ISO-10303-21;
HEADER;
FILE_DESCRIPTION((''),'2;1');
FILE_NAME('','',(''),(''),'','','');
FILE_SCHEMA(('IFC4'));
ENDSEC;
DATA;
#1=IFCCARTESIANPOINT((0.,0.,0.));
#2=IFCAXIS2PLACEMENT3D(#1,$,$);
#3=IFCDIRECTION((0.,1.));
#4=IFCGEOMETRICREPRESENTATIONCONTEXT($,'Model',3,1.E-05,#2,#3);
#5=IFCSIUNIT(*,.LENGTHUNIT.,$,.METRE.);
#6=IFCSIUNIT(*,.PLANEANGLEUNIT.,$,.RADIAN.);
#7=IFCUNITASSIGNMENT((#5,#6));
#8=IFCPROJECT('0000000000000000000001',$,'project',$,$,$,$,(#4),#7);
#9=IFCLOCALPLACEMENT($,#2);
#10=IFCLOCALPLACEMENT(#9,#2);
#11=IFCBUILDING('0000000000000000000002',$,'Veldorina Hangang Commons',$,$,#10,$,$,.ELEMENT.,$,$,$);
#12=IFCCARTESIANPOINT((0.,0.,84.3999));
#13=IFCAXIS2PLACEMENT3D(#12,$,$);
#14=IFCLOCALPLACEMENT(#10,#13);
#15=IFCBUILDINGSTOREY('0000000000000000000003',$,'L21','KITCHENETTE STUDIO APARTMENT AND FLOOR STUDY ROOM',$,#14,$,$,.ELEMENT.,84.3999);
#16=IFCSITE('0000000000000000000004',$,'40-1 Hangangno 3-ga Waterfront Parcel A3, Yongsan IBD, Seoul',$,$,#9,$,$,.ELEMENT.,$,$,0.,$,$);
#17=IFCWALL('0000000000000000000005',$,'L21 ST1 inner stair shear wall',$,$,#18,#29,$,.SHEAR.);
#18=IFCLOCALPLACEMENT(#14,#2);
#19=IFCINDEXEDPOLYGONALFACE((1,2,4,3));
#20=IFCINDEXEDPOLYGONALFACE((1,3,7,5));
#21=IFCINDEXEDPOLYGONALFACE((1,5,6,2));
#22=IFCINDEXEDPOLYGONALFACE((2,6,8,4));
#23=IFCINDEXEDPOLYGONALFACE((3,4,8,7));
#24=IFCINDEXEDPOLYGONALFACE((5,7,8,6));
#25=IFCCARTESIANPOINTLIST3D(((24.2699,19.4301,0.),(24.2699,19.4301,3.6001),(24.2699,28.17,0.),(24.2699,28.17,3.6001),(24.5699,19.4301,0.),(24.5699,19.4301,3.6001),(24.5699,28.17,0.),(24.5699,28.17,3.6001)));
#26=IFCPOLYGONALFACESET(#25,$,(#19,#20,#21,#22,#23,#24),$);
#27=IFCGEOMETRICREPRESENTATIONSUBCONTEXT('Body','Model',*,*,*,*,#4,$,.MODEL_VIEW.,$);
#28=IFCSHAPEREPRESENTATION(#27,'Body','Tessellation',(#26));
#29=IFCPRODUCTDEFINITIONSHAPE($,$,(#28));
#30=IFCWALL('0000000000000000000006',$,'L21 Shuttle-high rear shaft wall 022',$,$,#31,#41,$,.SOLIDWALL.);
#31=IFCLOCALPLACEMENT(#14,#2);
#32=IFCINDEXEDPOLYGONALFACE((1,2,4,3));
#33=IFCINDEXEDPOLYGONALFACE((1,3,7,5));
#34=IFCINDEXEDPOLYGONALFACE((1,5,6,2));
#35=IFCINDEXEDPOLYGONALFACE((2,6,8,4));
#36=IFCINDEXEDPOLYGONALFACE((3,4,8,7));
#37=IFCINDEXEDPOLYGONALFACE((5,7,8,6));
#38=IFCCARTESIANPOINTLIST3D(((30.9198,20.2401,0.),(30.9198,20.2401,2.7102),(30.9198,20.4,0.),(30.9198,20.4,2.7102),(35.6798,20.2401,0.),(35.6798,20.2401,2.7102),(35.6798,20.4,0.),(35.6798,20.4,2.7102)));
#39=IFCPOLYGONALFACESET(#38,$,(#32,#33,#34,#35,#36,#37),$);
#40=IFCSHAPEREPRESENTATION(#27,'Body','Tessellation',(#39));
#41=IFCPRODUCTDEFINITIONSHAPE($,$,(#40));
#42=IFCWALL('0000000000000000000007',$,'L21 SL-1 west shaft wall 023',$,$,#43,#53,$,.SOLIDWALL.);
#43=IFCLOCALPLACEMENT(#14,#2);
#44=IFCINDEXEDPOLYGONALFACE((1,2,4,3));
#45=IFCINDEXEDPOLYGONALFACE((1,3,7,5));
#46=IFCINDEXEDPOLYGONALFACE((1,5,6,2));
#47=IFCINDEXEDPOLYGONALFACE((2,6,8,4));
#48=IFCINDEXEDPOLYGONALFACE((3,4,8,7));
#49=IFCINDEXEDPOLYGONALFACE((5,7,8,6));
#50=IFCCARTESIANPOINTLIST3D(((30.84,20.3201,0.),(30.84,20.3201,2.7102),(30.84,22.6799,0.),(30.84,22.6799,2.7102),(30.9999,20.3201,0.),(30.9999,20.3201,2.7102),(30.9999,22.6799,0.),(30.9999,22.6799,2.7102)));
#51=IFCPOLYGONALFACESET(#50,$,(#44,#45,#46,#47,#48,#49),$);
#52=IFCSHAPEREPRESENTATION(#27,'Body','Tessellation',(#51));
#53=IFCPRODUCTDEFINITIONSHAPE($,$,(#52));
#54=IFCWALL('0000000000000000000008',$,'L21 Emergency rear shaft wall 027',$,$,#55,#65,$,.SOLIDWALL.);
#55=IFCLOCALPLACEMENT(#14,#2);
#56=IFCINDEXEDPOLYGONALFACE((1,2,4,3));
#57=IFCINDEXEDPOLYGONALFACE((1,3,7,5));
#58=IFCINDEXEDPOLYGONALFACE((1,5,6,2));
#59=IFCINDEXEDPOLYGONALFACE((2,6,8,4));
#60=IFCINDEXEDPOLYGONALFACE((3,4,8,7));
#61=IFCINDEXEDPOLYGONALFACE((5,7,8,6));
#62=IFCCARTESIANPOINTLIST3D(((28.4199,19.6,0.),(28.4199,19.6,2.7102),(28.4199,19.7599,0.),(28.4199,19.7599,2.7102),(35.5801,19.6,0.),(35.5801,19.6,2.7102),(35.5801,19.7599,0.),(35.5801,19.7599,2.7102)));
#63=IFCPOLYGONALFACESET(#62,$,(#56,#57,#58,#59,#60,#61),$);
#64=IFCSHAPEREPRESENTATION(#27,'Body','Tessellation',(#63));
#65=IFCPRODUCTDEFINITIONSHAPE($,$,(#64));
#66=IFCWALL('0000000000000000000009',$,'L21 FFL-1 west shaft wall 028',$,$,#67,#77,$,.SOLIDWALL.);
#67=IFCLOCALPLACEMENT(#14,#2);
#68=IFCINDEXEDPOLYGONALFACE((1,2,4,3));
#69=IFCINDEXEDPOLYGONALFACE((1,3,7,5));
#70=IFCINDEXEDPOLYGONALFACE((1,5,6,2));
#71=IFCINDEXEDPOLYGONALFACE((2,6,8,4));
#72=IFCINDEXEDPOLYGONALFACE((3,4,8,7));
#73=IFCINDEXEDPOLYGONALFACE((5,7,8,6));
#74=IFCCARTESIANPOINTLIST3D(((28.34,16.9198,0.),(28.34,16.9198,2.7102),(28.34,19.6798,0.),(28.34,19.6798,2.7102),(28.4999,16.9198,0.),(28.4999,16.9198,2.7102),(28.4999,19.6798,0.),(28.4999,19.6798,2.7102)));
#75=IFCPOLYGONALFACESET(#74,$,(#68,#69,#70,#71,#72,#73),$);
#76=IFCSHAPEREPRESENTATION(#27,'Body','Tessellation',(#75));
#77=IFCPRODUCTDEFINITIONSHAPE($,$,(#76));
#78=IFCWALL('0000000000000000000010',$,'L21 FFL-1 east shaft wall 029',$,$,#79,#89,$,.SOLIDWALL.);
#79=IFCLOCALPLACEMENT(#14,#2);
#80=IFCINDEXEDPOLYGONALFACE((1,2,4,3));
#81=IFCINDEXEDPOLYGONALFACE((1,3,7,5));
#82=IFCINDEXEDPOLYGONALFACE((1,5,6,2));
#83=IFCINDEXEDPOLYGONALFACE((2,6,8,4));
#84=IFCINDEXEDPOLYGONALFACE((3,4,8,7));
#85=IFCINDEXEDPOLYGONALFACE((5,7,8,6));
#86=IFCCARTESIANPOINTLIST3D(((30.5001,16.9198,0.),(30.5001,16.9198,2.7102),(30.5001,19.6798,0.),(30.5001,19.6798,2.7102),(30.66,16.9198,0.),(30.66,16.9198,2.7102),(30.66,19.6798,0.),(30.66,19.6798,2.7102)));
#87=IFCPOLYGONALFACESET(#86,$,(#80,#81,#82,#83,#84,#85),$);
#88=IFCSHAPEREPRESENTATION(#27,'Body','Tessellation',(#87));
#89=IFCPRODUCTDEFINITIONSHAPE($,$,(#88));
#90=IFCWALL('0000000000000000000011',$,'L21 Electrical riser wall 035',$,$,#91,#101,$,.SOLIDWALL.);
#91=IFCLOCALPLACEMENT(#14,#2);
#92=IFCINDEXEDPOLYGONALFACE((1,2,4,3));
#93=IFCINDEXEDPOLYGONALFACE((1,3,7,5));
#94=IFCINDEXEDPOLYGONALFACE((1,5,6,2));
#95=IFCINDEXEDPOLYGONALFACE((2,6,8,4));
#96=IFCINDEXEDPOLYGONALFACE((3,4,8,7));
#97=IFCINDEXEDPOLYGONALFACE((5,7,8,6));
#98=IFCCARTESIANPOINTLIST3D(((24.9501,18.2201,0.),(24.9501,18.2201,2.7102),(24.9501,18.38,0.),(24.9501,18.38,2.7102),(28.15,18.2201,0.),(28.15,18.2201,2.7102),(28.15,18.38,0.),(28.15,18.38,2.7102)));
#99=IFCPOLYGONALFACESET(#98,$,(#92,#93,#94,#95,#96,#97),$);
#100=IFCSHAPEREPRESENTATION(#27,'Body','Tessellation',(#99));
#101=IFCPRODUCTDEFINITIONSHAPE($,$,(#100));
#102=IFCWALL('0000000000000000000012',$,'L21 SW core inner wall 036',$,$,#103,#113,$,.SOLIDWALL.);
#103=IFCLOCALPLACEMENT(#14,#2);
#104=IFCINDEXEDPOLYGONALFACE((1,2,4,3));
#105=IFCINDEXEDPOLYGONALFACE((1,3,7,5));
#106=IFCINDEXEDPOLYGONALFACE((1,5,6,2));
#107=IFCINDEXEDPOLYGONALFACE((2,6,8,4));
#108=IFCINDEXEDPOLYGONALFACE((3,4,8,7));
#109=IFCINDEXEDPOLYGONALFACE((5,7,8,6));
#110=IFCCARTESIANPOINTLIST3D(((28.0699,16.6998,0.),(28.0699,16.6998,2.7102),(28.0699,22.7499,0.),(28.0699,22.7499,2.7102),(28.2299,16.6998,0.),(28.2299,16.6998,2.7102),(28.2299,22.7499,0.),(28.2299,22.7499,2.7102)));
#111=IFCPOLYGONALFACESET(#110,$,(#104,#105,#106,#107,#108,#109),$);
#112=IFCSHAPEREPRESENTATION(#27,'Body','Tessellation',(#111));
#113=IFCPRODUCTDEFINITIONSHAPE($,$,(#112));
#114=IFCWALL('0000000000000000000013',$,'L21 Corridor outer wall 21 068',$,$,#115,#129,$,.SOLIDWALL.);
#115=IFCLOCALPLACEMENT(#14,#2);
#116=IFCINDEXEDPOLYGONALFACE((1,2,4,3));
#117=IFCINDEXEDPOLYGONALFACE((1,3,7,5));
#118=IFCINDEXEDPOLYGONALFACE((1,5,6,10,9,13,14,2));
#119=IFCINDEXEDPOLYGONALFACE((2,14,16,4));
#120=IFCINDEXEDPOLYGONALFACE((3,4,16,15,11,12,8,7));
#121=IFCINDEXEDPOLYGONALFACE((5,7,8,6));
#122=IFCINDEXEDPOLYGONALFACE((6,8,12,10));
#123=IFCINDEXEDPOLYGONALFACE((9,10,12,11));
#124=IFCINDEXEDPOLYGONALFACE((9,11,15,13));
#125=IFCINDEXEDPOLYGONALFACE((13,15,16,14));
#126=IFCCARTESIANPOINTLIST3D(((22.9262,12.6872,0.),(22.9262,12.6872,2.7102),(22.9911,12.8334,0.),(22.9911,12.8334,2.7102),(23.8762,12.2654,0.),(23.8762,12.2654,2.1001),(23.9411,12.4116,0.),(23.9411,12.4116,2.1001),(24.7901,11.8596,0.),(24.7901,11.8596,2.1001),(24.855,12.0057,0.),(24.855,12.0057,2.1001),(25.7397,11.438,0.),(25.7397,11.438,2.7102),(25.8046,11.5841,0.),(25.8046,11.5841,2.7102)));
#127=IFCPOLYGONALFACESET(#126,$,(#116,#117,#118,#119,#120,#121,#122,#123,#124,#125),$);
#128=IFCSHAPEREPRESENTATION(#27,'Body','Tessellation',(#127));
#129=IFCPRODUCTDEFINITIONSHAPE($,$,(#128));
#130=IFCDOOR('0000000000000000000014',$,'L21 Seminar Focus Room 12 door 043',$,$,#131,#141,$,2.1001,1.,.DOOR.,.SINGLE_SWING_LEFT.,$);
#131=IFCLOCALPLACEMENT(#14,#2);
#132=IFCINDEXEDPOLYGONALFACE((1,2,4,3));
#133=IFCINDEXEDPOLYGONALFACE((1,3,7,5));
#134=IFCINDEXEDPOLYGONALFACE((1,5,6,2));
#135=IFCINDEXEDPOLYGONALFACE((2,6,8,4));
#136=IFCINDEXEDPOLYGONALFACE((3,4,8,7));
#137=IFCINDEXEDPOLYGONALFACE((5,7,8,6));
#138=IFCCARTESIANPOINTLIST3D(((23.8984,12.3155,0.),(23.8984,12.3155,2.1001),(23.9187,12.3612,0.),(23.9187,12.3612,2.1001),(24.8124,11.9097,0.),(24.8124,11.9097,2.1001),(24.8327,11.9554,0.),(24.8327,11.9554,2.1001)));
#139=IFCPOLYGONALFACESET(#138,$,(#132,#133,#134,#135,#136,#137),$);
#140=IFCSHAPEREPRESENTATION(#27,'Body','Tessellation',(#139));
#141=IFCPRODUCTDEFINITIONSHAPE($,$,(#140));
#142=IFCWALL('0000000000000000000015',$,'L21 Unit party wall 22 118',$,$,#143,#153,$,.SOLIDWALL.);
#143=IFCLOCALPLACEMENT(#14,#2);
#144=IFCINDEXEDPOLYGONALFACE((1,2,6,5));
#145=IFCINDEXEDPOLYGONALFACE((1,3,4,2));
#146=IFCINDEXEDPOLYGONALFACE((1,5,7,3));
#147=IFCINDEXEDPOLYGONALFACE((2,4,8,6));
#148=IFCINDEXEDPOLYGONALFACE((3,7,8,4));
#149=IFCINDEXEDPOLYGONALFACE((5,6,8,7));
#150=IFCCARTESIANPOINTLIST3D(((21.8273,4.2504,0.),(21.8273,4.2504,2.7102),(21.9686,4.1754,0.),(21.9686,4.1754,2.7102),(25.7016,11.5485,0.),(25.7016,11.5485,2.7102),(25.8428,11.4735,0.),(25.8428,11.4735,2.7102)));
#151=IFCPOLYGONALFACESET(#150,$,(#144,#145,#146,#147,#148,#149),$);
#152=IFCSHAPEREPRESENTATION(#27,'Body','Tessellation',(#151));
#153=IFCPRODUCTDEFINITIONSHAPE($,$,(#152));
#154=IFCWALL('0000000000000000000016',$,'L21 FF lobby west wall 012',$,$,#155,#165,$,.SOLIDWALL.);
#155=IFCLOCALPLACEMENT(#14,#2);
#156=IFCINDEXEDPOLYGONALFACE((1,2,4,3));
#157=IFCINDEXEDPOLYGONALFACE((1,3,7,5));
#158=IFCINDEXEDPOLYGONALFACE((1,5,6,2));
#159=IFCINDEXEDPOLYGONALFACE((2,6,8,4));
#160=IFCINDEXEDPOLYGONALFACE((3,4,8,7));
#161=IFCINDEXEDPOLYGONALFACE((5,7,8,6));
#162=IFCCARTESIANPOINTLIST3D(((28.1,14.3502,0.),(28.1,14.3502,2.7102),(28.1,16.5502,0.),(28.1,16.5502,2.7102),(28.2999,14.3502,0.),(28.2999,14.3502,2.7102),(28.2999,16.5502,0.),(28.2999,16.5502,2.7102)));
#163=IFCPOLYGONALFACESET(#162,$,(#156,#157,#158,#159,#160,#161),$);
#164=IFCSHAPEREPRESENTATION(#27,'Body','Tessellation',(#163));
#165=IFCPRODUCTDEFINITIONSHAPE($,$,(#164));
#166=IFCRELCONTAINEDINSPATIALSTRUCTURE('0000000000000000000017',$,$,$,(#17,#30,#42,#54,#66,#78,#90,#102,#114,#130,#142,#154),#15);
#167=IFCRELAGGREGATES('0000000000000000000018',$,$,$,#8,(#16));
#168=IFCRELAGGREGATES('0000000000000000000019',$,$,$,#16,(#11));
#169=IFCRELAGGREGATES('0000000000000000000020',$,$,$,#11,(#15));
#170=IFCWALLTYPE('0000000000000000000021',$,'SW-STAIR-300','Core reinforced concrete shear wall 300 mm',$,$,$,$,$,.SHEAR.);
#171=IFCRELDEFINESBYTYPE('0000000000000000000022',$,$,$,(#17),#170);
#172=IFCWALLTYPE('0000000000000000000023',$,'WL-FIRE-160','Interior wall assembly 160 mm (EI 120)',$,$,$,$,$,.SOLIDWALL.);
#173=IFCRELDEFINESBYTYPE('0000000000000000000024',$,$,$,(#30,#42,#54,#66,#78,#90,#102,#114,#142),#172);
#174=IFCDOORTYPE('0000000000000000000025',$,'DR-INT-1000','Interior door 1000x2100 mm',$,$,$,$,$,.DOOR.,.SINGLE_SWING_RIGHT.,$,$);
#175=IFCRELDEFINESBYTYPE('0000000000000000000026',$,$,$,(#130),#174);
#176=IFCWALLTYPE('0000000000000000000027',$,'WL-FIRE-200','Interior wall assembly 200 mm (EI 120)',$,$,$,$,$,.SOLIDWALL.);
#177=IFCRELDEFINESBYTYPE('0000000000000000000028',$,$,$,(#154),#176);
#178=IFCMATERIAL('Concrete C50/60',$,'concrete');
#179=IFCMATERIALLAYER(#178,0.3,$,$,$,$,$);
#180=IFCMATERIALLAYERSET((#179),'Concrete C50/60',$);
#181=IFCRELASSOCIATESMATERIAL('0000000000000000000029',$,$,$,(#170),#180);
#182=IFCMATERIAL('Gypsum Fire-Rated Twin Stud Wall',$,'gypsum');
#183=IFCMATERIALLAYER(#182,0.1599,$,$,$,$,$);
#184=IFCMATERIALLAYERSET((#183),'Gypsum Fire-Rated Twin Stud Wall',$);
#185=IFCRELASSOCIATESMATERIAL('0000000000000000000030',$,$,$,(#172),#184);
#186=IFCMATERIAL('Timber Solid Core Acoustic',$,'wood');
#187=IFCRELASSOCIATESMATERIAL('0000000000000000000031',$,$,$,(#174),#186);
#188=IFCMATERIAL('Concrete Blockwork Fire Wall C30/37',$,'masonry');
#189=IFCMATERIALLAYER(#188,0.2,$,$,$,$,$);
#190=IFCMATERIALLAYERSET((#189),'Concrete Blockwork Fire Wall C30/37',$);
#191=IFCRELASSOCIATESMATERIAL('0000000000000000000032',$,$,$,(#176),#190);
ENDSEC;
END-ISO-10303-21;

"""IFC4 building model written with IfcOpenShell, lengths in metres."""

from ifc_helpers import new_model, si_unit, direction, frame, frame_2d, origin, place, context, subcontext, project, spatial, rectangle, extrude, material, layer, layer_set, type_object, element, fill, save


model = new_model("IFC4")

# Units and contexts
model_context = context("Model", 3, precision=1e-05, world=origin(), true_north=direction((0.0, 1.0)))
body_context = subcontext(model_context, "Body", "Model", "MODEL_VIEW")
ifc_project = project(units=[si_unit("LENGTHUNIT", "METRE"), si_unit("PLANEANGLEUNIT", "RADIAN")], contexts=[model_context])

# Site, building, storey
site_placement = place(None, origin())
site = spatial("IfcSite", under=ifc_project, at=site_placement, Name="40-1 Hangangno 3-ga Waterfront Parcel A3, Yongsan IBD, Seoul", CompositionType="ELEMENT", RefElevation=0.0)
building_placement = place(site_placement, origin())
building = spatial("IfcBuilding", under=site, at=building_placement, Name="Veldorina Hangang Commons", CompositionType="ELEMENT")
storey_placement = place(building_placement, frame((0.0, 0.0, 84.3999)))
storey = spatial("IfcBuildingStorey", under=building, at=storey_placement, Name="L21", Description="KITCHENETTE STUDIO APARTMENT AND FLOOR STUDY ROOM", CompositionType="ELEMENT", Elevation=84.3999)

# Walls
ifc_material_1 = material(Name="Concrete C50/60", Category="concrete")
ifc_layer_1 = layer(ifc_material_1, 0.3)
ifc_layer_set_1 = layer_set([ifc_layer_1], Name="Concrete C50/60")
wall_type_1 = type_object("IfcWallType", Name="SW-STAIR-300", Description="Core reinforced concrete shear wall 300 mm", PredefinedType="SHEAR", material=ifc_layer_set_1)
wall_1_placement = place(storey_placement, frame((24.4199, 19.4299, 0.0), z_axis=(0.0, 0.0, 1.0), x_axis=(0.0, 1.0, 0.0)))
element("IfcWall", 1, at=wall_1_placement, inside=storey, type_object=wall_type_1, Name="L21 ST1 inner stair shear wall", PredefinedType="SHEAR", context=body_context, shape_type="SweptSolid", body=[
    extrude(rectangle(XDim=8.74, YDim=0.3, at=frame_2d((4.3701, 0.0))), origin(), (0.0, 0.0, 1.0), 3.6001),
])
ifc_material_2 = material(Name="Gypsum Fire-Rated Twin Stud Wall", Category="gypsum")
ifc_layer_2 = layer(ifc_material_2, 0.1599)
ifc_layer_set_2 = layer_set([ifc_layer_2], Name="Gypsum Fire-Rated Twin Stud Wall")
wall_type_2 = type_object("IfcWallType", Name="WL-FIRE-160", Description="Interior wall assembly 160 mm (EI 120)", PredefinedType="SOLIDWALL", material=ifc_layer_set_2)
wall_2_placement = place(storey_placement, frame((30.9199, 20.3201, 0.0), z_axis=(0.0, 0.0, 1.0), x_axis=(1.0, 0.0, 0.0)))
element("IfcWall", 2, at=wall_2_placement, inside=storey, type_object=wall_type_2, Name="L21 Shuttle-high rear shaft wall 022", PredefinedType="SOLIDWALL", context=body_context, shape_type="SweptSolid", body=[
    extrude(rectangle(XDim=4.76, YDim=0.1599, at=frame_2d((2.3799, 0.0))), origin(), (0.0, 0.0, 1.0), 2.7102),
])
wall_3_placement = place(storey_placement, frame((30.9199, 20.3201, 0.0), z_axis=(0.0, 0.0, 1.0), x_axis=(0.0, 1.0, 0.0)))
element("IfcWall", 3, at=wall_3_placement, inside=storey, type_object=wall_type_2, Name="L21 SL-1 west shaft wall 023", PredefinedType="SOLIDWALL", context=body_context, shape_type="SweptSolid", body=[
    extrude(rectangle(XDim=2.3599, YDim=0.1599, at=frame_2d((1.1799, 0.0))), origin(), (0.0, 0.0, 1.0), 2.7102),
])

# Walls
wall_4_placement = place(storey_placement, frame((28.4199, 19.6799, 0.0), z_axis=(0.0, 0.0, 1.0), x_axis=(1.0, 0.0, 0.0)))
element("IfcWall", 4, at=wall_4_placement, inside=storey, type_object=wall_type_2, Name="L21 Emergency rear shaft wall 027", PredefinedType="SOLIDWALL", context=body_context, shape_type="SweptSolid", body=[
    extrude(rectangle(XDim=7.1602, YDim=0.1599, at=frame_2d((3.5801, 0.0))), origin(), (0.0, 0.0, 1.0), 2.7102),
])
for number, where, z_axis, x_axis, name in (
    (5, (28.4199, 16.9199, 0.0), (0.0, 0.0, 1.0), (0.0, 1.0, 0.0), "L21 FFL-1 west shaft wall 028"),
    (6, (30.5801, 16.9199, 0.0), (0.0, 0.0, 1.0), (0.0, 1.0, 0.0), "L21 FFL-1 east shaft wall 029"),
):
    element("IfcWall", number, at=place(storey_placement, frame(where, z_axis=z_axis, x_axis=x_axis)), inside=storey, type_object=wall_type_2, Name=name, PredefinedType="SOLIDWALL", context=body_context, shape_type="SweptSolid", body=[
        extrude(rectangle(XDim=2.76, YDim=0.1599, at=frame_2d((1.3799, 0.0))), origin(), (0.0, 0.0, 1.0), 2.7102),
    ])
wall_5_placement = place(storey_placement, frame((24.95, 18.3, 0.0), z_axis=(0.0, 0.0, 1.0), x_axis=(1.0, 0.0, 0.0)))
element("IfcWall", 7, at=wall_5_placement, inside=storey, type_object=wall_type_2, Name="L21 Electrical riser wall 035", PredefinedType="SOLIDWALL", context=body_context, shape_type="SweptSolid", body=[
    extrude(rectangle(XDim=3.2, YDim=0.1599, at=frame_2d((1.6001, 0.0))), origin(), (0.0, 0.0, 1.0), 2.7102),
])
wall_6_placement = place(storey_placement, frame((28.1499, 16.7, 0.0), z_axis=(0.0, 0.0, 1.0), x_axis=(0.0, 1.0, 0.0)))
element("IfcWall", 8, at=wall_6_placement, inside=storey, type_object=wall_type_2, Name="L21 SW core inner wall 036", PredefinedType="SOLIDWALL", context=body_context, shape_type="SweptSolid", body=[
    extrude(rectangle(XDim=6.05, YDim=0.1599, at=frame_2d((3.0249, 0.0))), origin(), (0.0, 0.0, 1.0), 2.7102),
])

# Wall, opening, door
wall_7_placement = place(storey_placement, frame((22.9587, 12.7603, 0.0), z_axis=(0.0, 0.0, 1.0), x_axis=(0.913952, -0.405822, 0.0)))
wall_7 = element("IfcWall", 9, at=wall_7_placement, inside=storey, type_object=wall_type_2, Name="L21 Corridor outer wall 21 068", PredefinedType="SOLIDWALL", context=body_context, shape_type="SweptSolid", body=[
    extrude(rectangle(XDim=3.0784, YDim=0.1599, at=frame_2d((1.5391, 0.0))), origin(), (0.0, 0.0, 1.0), 2.7102),
])
opening_1_placement = place(wall_7_placement, frame((1.0393, 0.0, 0.0)))
opening_1 = element("IfcOpeningElement", 10, at=opening_1_placement, cuts=wall_7, PredefinedType="OPENING", context=body_context, shape_type="SweptSolid", body=[
    extrude(rectangle(XDim=1.0, YDim=2.1001, at=frame_2d((0.5, 1.05))), frame((0.0, 0.0898, 0.0), z_axis=(0.0, -1.0, 0.0), x_axis=(1.0, 0.0, 0.0)), (0.0, 0.0, 1.0), 0.1799),
])
ifc_material_3 = material(Name="Timber Solid Core Acoustic", Category="wood")
door_type_1 = type_object("IfcDoorType", Name="DR-INT-1000", Description="Interior door 1000x2100 mm", OperationType="SINGLE_SWING_RIGHT", PredefinedType="DOOR", material=ifc_material_3)
door_1_placement = place(opening_1_placement, origin())
door_1 = element("IfcDoor", 11, at=door_1_placement, inside=storey, type_object=door_type_1, Name="L21 Seminar Focus Room 12 door 043", OperationType="SINGLE_SWING_LEFT", OverallHeight=2.1001, OverallWidth=1.0, PredefinedType="DOOR", context=body_context, shape_type="SweptSolid", body=[
    extrude(rectangle(XDim=1.0, YDim=2.1001, at=frame_2d((0.5, 1.05))), frame((0.0, 0.0249, 0.0), z_axis=(0.0, -1.0, 0.0), x_axis=(1.0, 0.0, 0.0)), (0.0, 0.0, 1.0), 0.05),
])
fill(opening_1, door_1)

# Walls
wall_8_placement = place(storey_placement, frame((25.7722, 11.511, 0.0), z_axis=(0.0, 0.0, 1.0), x_axis=(-0.468887, -0.883258, 0.0)))
element("IfcWall", 12, at=wall_8_placement, inside=storey, type_object=wall_type_2, Name="L21 Unit party wall 22 118", PredefinedType="SOLIDWALL", context=body_context, shape_type="SweptSolid", body=[
    extrude(rectangle(XDim=8.2627, YDim=0.1599, at=frame_2d((4.1313, 0.0))), origin(), (0.0, 0.0, 1.0), 2.7102),
])
ifc_material_4 = material(Name="Concrete Blockwork Fire Wall C30/37", Category="masonry")
ifc_layer_3 = layer(ifc_material_4, 0.2)
ifc_layer_set_3 = layer_set([ifc_layer_3], Name="Concrete Blockwork Fire Wall C30/37")
wall_type_3 = type_object("IfcWallType", Name="WL-FIRE-200", Description="Interior wall assembly 200 mm (EI 120)", PredefinedType="SOLIDWALL", material=ifc_layer_set_3)
wall_9_placement = place(storey_placement, frame((28.2, 14.3501, 0.0), z_axis=(0.0, 0.0, 1.0), x_axis=(0.0, 1.0, 0.0)))
element("IfcWall", 13, at=wall_9_placement, inside=storey, type_object=wall_type_3, Name="L21 FF lobby west wall 012", PredefinedType="SOLIDWALL", context=body_context, shape_type="SweptSolid", body=[
    extrude(rectangle(XDim=2.2, YDim=0.2, at=frame_2d((1.1001, 0.0))), origin(), (0.0, 0.0, 1.0), 2.7102),
])

save(model, "model.ifc")
